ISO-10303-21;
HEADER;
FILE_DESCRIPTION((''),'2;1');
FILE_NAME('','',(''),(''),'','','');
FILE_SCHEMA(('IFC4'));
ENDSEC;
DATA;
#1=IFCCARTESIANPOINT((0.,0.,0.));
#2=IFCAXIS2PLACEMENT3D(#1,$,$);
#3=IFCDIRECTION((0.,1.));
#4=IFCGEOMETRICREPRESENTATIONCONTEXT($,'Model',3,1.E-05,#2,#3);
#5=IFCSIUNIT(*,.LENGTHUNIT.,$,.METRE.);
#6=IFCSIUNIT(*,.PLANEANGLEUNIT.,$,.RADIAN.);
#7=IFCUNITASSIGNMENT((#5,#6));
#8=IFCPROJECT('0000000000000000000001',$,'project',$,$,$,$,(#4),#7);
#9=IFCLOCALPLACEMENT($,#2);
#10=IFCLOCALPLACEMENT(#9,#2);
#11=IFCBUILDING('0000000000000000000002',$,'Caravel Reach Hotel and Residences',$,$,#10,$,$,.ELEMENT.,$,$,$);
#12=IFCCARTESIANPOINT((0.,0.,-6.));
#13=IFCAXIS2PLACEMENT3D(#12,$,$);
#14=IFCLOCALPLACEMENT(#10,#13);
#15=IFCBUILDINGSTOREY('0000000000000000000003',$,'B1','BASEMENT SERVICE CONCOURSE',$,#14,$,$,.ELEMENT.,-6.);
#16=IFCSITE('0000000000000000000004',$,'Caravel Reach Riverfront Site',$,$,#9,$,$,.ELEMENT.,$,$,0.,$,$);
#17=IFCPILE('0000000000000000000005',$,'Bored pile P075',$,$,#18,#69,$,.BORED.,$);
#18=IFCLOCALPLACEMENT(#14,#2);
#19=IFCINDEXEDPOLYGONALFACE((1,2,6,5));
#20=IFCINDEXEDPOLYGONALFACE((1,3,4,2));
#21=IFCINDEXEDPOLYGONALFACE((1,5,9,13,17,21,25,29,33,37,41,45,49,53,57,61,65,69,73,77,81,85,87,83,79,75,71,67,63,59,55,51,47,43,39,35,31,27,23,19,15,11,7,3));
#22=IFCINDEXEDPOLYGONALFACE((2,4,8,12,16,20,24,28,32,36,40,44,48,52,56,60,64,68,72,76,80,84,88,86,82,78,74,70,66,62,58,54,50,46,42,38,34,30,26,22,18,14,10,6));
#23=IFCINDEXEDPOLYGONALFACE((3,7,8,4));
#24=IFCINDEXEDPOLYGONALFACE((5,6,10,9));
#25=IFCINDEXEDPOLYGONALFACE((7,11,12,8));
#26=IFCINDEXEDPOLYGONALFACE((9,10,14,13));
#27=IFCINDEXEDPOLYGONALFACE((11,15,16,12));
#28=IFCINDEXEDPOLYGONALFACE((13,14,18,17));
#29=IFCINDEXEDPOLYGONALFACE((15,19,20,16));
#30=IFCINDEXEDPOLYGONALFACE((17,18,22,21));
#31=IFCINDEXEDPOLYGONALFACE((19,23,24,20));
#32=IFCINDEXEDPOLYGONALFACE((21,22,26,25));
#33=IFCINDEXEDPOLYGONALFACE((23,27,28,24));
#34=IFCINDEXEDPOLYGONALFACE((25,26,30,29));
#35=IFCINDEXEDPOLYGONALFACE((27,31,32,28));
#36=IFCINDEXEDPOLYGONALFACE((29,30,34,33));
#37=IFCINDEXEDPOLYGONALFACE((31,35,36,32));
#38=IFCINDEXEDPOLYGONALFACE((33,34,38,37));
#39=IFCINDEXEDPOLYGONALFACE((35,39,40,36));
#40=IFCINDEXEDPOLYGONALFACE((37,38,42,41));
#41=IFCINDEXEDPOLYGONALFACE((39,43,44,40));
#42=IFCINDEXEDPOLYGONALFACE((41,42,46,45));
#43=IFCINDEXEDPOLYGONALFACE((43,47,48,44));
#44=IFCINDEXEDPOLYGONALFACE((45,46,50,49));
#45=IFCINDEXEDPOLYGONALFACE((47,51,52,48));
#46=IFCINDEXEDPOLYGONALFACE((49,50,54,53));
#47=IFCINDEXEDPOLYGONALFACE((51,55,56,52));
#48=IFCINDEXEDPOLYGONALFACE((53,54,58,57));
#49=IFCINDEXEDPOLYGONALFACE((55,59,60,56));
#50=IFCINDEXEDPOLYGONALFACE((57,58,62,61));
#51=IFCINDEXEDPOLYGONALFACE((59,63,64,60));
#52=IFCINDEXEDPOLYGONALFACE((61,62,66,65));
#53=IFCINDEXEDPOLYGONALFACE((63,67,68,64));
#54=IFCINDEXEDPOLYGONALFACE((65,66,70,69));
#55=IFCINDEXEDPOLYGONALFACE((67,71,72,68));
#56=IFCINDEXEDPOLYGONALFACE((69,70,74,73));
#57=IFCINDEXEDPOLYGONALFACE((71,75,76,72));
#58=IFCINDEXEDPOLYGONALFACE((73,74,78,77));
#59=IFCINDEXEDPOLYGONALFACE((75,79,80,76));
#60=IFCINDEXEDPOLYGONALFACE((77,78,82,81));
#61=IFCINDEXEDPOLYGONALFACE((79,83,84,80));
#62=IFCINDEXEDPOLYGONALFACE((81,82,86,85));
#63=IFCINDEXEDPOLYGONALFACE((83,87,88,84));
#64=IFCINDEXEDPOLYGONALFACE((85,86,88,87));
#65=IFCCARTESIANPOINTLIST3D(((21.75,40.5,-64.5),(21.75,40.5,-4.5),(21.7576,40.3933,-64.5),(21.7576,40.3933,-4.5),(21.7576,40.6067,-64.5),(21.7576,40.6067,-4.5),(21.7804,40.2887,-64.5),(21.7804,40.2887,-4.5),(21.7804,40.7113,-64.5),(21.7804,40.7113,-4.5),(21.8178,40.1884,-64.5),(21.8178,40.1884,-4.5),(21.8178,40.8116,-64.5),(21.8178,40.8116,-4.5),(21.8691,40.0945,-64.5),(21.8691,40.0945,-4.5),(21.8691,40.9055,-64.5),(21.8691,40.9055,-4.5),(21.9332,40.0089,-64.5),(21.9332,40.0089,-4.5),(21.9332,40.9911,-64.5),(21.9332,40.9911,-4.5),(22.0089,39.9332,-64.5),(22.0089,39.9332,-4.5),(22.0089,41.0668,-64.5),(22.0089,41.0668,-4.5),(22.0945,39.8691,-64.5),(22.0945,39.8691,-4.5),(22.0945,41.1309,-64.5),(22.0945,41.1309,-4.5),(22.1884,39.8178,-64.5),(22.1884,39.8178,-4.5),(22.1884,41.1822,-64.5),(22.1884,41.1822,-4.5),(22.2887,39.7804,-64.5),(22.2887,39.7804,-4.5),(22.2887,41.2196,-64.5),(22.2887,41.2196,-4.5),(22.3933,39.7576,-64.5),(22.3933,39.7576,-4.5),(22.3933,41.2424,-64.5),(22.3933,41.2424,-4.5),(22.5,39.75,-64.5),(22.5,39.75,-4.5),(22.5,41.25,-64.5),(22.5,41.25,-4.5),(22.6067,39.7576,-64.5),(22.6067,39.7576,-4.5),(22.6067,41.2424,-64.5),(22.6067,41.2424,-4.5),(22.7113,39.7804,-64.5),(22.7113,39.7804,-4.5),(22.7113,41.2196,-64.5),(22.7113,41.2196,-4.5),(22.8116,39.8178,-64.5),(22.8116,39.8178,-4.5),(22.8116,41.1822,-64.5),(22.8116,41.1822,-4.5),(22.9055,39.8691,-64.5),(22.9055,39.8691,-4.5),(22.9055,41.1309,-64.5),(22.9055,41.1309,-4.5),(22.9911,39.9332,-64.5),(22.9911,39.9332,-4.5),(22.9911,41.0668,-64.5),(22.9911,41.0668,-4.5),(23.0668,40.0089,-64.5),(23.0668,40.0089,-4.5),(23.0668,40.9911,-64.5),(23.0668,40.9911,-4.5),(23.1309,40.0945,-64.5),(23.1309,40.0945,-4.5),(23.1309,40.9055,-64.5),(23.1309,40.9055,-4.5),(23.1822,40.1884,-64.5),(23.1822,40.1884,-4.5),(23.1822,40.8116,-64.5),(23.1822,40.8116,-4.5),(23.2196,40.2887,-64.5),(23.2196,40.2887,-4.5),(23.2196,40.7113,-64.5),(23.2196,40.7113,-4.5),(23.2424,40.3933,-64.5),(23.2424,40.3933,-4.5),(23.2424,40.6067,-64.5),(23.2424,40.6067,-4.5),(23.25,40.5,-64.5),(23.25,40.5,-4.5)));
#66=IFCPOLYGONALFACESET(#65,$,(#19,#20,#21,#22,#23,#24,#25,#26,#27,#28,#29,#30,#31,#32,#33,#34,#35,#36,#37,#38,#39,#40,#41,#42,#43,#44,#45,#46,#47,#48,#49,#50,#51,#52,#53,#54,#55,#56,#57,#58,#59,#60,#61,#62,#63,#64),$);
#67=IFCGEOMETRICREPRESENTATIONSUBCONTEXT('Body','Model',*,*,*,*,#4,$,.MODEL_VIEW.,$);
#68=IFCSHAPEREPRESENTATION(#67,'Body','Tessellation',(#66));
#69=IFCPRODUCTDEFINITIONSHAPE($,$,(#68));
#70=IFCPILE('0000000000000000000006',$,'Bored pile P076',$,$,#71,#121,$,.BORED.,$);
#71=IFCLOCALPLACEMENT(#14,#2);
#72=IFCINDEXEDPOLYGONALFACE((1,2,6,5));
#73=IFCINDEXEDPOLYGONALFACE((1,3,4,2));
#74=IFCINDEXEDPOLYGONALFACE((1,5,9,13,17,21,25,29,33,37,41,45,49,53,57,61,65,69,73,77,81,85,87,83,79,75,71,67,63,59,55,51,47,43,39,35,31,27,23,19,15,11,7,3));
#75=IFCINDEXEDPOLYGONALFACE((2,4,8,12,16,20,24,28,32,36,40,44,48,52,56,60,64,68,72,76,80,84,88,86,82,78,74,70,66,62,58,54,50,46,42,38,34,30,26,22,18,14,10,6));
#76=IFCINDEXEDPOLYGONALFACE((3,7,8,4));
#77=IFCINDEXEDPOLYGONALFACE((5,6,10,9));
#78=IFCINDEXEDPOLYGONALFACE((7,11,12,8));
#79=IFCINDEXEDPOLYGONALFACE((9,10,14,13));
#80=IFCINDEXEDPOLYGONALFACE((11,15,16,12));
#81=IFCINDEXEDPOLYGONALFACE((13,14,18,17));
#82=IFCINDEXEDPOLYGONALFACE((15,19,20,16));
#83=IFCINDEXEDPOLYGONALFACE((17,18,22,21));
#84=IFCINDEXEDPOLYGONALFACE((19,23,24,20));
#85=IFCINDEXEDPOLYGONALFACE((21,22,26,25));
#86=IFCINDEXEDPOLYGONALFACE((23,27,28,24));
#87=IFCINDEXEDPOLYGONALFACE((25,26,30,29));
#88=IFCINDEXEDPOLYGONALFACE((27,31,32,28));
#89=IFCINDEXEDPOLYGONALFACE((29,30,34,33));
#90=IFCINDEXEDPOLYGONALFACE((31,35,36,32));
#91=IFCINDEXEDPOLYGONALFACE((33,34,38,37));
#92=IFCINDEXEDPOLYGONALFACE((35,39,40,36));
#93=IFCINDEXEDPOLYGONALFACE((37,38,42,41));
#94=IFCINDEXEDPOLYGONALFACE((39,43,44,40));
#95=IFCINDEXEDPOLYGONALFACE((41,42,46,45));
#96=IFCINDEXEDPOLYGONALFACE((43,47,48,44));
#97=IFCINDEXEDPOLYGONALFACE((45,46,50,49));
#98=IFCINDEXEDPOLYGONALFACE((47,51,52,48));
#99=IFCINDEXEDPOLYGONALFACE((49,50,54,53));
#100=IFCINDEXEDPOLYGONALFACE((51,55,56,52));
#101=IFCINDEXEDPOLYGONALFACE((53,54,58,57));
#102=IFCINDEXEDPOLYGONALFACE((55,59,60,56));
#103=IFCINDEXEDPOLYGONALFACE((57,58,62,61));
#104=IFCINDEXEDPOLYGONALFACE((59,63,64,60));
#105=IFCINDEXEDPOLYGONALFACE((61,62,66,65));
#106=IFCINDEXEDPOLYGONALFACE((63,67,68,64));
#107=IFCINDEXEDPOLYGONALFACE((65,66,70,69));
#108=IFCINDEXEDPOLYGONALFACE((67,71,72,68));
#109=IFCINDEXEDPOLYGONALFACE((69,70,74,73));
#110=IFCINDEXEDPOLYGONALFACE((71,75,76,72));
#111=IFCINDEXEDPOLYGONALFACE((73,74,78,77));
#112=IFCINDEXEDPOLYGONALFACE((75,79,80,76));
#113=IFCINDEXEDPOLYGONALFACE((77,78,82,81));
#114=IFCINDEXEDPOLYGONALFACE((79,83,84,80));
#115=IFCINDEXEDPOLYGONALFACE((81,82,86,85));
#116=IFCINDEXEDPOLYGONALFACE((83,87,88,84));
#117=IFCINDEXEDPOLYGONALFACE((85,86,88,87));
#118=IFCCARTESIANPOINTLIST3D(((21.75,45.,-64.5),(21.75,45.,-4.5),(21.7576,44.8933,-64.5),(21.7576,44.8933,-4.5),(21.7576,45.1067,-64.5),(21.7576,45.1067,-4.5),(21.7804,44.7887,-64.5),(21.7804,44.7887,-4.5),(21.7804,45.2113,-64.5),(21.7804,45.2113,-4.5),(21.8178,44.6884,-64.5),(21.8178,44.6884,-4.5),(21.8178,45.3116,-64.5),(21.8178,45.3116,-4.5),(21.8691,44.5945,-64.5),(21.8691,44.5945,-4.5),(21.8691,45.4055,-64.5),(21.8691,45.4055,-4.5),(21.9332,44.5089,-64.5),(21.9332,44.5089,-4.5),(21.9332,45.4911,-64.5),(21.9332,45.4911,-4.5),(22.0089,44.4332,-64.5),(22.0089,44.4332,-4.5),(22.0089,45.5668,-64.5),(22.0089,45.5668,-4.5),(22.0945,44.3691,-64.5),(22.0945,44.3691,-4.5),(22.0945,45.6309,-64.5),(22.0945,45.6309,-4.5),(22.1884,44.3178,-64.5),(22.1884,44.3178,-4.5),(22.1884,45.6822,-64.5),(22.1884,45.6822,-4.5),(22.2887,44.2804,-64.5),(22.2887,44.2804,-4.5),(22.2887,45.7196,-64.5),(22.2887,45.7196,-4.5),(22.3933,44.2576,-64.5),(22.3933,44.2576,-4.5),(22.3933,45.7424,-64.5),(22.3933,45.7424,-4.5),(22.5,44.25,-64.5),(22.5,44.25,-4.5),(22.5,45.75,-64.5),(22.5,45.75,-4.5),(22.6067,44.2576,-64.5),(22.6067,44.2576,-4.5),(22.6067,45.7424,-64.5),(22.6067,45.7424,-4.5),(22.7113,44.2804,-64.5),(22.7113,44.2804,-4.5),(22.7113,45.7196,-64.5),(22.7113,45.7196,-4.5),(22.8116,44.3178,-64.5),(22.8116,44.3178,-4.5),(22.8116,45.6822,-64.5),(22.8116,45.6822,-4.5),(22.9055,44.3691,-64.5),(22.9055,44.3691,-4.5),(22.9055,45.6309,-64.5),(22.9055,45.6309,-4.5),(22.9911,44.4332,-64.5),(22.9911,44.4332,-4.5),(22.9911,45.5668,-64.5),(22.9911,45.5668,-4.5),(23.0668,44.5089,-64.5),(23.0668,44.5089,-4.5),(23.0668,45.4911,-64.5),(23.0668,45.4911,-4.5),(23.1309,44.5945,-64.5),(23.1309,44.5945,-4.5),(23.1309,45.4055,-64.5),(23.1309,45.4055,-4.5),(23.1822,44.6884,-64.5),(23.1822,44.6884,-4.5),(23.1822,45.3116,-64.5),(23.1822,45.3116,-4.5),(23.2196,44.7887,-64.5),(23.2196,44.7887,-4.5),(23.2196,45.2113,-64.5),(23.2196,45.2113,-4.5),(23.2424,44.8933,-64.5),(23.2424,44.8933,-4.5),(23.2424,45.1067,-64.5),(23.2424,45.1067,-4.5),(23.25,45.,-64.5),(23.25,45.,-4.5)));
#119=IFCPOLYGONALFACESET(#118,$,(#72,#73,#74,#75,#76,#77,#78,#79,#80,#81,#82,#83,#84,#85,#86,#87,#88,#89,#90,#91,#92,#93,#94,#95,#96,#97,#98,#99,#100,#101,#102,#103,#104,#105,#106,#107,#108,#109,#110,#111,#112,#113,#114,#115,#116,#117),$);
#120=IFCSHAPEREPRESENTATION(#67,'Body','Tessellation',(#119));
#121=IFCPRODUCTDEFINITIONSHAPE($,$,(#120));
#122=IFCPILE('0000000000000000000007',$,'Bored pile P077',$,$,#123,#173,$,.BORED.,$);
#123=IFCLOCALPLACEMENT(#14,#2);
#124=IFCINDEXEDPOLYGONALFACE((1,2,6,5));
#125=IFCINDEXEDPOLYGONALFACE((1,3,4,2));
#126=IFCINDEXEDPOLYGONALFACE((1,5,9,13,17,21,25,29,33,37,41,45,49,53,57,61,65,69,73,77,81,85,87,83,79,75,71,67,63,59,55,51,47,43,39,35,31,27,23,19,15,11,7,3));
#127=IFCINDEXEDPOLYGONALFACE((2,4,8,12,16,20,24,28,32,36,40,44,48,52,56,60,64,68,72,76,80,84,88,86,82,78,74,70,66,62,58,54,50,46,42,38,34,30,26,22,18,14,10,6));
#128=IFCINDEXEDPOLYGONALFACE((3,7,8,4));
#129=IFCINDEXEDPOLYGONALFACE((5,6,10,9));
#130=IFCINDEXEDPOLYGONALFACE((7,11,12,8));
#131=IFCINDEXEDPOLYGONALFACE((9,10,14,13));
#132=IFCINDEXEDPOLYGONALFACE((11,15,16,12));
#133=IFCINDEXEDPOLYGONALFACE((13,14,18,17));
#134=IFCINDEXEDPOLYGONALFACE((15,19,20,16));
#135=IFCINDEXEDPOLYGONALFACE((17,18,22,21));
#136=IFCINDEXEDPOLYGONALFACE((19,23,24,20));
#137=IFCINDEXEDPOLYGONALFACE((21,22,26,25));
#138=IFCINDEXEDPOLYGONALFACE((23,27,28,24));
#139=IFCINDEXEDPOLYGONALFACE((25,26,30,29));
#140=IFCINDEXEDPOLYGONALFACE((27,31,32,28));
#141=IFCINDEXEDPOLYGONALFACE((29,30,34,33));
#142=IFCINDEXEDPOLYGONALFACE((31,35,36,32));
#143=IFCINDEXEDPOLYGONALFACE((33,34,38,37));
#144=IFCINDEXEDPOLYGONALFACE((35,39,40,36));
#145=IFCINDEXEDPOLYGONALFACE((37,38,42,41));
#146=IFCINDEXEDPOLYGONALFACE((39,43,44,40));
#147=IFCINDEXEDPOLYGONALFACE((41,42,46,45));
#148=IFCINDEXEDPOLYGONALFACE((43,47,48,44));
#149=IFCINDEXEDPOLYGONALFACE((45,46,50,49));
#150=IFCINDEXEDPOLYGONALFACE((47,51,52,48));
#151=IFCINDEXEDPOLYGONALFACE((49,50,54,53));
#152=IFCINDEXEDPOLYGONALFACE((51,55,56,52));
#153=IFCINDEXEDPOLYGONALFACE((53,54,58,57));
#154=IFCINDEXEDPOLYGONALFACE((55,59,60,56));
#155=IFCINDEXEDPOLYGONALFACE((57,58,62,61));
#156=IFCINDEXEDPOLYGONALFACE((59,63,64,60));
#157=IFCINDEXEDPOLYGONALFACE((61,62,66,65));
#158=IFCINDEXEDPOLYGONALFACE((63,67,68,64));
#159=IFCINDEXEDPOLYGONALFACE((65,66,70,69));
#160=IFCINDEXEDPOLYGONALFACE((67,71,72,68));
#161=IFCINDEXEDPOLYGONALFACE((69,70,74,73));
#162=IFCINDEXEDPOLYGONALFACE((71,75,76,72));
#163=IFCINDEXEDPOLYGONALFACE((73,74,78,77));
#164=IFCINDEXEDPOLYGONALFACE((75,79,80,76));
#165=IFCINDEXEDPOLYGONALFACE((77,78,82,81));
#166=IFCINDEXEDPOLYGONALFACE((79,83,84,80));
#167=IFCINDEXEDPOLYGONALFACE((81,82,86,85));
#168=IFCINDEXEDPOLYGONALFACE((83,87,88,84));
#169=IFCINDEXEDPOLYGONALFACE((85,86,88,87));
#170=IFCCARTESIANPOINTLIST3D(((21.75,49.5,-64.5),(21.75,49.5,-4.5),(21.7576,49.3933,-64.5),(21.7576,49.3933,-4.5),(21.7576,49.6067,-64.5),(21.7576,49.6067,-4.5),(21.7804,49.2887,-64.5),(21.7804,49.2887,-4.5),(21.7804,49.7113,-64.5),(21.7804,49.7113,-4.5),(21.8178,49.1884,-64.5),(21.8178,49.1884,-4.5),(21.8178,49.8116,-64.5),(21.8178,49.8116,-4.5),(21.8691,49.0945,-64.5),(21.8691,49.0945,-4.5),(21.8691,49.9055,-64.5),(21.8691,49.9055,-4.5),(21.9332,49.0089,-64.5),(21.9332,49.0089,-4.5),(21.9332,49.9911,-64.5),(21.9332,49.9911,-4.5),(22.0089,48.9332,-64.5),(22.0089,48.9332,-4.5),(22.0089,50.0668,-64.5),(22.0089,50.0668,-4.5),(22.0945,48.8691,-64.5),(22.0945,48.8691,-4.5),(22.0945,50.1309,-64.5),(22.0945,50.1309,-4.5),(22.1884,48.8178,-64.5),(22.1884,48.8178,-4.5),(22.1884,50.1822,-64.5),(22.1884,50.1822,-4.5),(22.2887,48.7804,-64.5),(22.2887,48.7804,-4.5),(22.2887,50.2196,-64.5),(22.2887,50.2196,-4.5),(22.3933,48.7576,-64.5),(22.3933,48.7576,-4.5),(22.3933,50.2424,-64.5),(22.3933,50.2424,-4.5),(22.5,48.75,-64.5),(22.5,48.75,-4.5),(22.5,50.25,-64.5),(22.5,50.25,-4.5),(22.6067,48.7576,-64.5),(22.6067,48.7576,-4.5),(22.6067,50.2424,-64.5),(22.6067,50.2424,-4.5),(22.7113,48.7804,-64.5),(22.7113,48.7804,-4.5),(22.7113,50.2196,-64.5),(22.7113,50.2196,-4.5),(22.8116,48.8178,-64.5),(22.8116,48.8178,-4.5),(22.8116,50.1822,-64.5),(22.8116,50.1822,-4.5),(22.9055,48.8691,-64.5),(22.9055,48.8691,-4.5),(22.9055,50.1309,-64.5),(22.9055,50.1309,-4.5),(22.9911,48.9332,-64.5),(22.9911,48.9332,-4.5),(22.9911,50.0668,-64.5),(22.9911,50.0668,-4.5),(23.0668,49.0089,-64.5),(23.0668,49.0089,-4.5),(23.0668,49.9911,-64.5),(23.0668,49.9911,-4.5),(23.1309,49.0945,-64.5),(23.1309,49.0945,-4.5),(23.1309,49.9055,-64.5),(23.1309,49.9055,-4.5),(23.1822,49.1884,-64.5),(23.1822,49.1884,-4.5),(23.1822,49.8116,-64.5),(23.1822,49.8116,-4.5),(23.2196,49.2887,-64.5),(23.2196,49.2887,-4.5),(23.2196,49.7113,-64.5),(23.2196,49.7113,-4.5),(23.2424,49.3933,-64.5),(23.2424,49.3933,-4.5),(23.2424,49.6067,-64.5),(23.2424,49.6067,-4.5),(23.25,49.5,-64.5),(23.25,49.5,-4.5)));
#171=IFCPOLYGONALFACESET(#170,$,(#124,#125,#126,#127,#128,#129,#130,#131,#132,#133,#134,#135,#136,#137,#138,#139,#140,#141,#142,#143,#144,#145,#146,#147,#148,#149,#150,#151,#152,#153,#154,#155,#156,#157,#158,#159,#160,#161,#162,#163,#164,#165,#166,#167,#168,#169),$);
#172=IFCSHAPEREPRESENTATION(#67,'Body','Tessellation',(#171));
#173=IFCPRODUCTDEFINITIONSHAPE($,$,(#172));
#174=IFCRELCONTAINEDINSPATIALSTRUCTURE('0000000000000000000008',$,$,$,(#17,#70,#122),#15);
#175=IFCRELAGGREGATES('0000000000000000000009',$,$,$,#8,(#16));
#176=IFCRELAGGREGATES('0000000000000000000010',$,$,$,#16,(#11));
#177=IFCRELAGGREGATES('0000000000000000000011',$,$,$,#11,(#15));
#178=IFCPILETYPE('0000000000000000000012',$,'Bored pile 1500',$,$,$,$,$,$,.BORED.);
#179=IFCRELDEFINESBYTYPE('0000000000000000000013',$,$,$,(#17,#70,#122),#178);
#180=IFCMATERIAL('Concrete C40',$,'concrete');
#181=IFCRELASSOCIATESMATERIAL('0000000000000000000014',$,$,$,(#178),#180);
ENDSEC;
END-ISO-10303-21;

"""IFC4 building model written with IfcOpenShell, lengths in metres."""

from ifc_helpers import new_model, si_unit, direction, frame, origin, origin_2d, place, context, subcontext, project, spatial, circle, extrude, material, material_profile, profile_set, type_object, element, save


model = new_model("IFC4")

# Units and contexts
model_context = context("Model", 3, precision=1e-05, world=origin(), true_north=direction((0.0, 1.0)))
body_context = subcontext(model_context, "Body", "Model", "MODEL_VIEW")
ifc_project = project(units=[si_unit("LENGTHUNIT", "METRE"), si_unit("PLANEANGLEUNIT", "RADIAN")], contexts=[model_context])

# Site, building, storey
site_placement = place(None, origin())
site = spatial("IfcSite", under=ifc_project, at=site_placement, Name="Caravel Reach Riverfront Site", CompositionType="ELEMENT", RefElevation=0.0)
building_placement = place(site_placement, origin())
building = spatial("IfcBuilding", under=site, at=building_placement, Name="Caravel Reach Hotel and Residences", CompositionType="ELEMENT")
storey_placement = place(building_placement, frame((0.0, 0.0, -6.0)))
storey = spatial("IfcBuildingStorey", under=building, at=storey_placement, Name="B1", Description="BASEMENT SERVICE CONCOURSE", CompositionType="ELEMENT", Elevation=-6.0)

# Piles
ifc_material_1 = material(Name="Concrete C40", Category="concrete")
ifc_material_profile_1 = material_profile(ifc_material_1, circle(Radius=0.75, at=origin_2d()), Name="PILE 1500")
ifc_profile_set_1 = profile_set([ifc_material_profile_1], Name="Concrete C40")
pile_type = type_object("IfcPileType", Name="Bored pile 1500", PredefinedType="BORED", material=ifc_profile_set_1)
for number, where, z_axis, x_axis, name in (
    (1, (22.5, 40.5, -4.5), (0.0, 0.0, -1.0), (1.0, 0.0, 0.0), "Bored pile P075"),
    (2, (22.5, 45.0, -4.5), (0.0, 0.0, -1.0), (1.0, 0.0, 0.0), "Bored pile P076"),
    (3, (22.5, 49.5, -4.5), (0.0, 0.0, -1.0), (1.0, 0.0, 0.0), "Bored pile P077"),
):
    element("IfcPile", number, at=place(storey_placement, frame(where, z_axis=z_axis, x_axis=x_axis)), inside=storey, type_object=pile_type, Name=name, PredefinedType="BORED", context=body_context, shape_type="SweptSolid", body=[
        extrude(circle(Radius=0.75, at=origin_2d()), origin(), (0.0, 0.0, 1.0), 60.0),
    ])

save(model, "model.ifc")
